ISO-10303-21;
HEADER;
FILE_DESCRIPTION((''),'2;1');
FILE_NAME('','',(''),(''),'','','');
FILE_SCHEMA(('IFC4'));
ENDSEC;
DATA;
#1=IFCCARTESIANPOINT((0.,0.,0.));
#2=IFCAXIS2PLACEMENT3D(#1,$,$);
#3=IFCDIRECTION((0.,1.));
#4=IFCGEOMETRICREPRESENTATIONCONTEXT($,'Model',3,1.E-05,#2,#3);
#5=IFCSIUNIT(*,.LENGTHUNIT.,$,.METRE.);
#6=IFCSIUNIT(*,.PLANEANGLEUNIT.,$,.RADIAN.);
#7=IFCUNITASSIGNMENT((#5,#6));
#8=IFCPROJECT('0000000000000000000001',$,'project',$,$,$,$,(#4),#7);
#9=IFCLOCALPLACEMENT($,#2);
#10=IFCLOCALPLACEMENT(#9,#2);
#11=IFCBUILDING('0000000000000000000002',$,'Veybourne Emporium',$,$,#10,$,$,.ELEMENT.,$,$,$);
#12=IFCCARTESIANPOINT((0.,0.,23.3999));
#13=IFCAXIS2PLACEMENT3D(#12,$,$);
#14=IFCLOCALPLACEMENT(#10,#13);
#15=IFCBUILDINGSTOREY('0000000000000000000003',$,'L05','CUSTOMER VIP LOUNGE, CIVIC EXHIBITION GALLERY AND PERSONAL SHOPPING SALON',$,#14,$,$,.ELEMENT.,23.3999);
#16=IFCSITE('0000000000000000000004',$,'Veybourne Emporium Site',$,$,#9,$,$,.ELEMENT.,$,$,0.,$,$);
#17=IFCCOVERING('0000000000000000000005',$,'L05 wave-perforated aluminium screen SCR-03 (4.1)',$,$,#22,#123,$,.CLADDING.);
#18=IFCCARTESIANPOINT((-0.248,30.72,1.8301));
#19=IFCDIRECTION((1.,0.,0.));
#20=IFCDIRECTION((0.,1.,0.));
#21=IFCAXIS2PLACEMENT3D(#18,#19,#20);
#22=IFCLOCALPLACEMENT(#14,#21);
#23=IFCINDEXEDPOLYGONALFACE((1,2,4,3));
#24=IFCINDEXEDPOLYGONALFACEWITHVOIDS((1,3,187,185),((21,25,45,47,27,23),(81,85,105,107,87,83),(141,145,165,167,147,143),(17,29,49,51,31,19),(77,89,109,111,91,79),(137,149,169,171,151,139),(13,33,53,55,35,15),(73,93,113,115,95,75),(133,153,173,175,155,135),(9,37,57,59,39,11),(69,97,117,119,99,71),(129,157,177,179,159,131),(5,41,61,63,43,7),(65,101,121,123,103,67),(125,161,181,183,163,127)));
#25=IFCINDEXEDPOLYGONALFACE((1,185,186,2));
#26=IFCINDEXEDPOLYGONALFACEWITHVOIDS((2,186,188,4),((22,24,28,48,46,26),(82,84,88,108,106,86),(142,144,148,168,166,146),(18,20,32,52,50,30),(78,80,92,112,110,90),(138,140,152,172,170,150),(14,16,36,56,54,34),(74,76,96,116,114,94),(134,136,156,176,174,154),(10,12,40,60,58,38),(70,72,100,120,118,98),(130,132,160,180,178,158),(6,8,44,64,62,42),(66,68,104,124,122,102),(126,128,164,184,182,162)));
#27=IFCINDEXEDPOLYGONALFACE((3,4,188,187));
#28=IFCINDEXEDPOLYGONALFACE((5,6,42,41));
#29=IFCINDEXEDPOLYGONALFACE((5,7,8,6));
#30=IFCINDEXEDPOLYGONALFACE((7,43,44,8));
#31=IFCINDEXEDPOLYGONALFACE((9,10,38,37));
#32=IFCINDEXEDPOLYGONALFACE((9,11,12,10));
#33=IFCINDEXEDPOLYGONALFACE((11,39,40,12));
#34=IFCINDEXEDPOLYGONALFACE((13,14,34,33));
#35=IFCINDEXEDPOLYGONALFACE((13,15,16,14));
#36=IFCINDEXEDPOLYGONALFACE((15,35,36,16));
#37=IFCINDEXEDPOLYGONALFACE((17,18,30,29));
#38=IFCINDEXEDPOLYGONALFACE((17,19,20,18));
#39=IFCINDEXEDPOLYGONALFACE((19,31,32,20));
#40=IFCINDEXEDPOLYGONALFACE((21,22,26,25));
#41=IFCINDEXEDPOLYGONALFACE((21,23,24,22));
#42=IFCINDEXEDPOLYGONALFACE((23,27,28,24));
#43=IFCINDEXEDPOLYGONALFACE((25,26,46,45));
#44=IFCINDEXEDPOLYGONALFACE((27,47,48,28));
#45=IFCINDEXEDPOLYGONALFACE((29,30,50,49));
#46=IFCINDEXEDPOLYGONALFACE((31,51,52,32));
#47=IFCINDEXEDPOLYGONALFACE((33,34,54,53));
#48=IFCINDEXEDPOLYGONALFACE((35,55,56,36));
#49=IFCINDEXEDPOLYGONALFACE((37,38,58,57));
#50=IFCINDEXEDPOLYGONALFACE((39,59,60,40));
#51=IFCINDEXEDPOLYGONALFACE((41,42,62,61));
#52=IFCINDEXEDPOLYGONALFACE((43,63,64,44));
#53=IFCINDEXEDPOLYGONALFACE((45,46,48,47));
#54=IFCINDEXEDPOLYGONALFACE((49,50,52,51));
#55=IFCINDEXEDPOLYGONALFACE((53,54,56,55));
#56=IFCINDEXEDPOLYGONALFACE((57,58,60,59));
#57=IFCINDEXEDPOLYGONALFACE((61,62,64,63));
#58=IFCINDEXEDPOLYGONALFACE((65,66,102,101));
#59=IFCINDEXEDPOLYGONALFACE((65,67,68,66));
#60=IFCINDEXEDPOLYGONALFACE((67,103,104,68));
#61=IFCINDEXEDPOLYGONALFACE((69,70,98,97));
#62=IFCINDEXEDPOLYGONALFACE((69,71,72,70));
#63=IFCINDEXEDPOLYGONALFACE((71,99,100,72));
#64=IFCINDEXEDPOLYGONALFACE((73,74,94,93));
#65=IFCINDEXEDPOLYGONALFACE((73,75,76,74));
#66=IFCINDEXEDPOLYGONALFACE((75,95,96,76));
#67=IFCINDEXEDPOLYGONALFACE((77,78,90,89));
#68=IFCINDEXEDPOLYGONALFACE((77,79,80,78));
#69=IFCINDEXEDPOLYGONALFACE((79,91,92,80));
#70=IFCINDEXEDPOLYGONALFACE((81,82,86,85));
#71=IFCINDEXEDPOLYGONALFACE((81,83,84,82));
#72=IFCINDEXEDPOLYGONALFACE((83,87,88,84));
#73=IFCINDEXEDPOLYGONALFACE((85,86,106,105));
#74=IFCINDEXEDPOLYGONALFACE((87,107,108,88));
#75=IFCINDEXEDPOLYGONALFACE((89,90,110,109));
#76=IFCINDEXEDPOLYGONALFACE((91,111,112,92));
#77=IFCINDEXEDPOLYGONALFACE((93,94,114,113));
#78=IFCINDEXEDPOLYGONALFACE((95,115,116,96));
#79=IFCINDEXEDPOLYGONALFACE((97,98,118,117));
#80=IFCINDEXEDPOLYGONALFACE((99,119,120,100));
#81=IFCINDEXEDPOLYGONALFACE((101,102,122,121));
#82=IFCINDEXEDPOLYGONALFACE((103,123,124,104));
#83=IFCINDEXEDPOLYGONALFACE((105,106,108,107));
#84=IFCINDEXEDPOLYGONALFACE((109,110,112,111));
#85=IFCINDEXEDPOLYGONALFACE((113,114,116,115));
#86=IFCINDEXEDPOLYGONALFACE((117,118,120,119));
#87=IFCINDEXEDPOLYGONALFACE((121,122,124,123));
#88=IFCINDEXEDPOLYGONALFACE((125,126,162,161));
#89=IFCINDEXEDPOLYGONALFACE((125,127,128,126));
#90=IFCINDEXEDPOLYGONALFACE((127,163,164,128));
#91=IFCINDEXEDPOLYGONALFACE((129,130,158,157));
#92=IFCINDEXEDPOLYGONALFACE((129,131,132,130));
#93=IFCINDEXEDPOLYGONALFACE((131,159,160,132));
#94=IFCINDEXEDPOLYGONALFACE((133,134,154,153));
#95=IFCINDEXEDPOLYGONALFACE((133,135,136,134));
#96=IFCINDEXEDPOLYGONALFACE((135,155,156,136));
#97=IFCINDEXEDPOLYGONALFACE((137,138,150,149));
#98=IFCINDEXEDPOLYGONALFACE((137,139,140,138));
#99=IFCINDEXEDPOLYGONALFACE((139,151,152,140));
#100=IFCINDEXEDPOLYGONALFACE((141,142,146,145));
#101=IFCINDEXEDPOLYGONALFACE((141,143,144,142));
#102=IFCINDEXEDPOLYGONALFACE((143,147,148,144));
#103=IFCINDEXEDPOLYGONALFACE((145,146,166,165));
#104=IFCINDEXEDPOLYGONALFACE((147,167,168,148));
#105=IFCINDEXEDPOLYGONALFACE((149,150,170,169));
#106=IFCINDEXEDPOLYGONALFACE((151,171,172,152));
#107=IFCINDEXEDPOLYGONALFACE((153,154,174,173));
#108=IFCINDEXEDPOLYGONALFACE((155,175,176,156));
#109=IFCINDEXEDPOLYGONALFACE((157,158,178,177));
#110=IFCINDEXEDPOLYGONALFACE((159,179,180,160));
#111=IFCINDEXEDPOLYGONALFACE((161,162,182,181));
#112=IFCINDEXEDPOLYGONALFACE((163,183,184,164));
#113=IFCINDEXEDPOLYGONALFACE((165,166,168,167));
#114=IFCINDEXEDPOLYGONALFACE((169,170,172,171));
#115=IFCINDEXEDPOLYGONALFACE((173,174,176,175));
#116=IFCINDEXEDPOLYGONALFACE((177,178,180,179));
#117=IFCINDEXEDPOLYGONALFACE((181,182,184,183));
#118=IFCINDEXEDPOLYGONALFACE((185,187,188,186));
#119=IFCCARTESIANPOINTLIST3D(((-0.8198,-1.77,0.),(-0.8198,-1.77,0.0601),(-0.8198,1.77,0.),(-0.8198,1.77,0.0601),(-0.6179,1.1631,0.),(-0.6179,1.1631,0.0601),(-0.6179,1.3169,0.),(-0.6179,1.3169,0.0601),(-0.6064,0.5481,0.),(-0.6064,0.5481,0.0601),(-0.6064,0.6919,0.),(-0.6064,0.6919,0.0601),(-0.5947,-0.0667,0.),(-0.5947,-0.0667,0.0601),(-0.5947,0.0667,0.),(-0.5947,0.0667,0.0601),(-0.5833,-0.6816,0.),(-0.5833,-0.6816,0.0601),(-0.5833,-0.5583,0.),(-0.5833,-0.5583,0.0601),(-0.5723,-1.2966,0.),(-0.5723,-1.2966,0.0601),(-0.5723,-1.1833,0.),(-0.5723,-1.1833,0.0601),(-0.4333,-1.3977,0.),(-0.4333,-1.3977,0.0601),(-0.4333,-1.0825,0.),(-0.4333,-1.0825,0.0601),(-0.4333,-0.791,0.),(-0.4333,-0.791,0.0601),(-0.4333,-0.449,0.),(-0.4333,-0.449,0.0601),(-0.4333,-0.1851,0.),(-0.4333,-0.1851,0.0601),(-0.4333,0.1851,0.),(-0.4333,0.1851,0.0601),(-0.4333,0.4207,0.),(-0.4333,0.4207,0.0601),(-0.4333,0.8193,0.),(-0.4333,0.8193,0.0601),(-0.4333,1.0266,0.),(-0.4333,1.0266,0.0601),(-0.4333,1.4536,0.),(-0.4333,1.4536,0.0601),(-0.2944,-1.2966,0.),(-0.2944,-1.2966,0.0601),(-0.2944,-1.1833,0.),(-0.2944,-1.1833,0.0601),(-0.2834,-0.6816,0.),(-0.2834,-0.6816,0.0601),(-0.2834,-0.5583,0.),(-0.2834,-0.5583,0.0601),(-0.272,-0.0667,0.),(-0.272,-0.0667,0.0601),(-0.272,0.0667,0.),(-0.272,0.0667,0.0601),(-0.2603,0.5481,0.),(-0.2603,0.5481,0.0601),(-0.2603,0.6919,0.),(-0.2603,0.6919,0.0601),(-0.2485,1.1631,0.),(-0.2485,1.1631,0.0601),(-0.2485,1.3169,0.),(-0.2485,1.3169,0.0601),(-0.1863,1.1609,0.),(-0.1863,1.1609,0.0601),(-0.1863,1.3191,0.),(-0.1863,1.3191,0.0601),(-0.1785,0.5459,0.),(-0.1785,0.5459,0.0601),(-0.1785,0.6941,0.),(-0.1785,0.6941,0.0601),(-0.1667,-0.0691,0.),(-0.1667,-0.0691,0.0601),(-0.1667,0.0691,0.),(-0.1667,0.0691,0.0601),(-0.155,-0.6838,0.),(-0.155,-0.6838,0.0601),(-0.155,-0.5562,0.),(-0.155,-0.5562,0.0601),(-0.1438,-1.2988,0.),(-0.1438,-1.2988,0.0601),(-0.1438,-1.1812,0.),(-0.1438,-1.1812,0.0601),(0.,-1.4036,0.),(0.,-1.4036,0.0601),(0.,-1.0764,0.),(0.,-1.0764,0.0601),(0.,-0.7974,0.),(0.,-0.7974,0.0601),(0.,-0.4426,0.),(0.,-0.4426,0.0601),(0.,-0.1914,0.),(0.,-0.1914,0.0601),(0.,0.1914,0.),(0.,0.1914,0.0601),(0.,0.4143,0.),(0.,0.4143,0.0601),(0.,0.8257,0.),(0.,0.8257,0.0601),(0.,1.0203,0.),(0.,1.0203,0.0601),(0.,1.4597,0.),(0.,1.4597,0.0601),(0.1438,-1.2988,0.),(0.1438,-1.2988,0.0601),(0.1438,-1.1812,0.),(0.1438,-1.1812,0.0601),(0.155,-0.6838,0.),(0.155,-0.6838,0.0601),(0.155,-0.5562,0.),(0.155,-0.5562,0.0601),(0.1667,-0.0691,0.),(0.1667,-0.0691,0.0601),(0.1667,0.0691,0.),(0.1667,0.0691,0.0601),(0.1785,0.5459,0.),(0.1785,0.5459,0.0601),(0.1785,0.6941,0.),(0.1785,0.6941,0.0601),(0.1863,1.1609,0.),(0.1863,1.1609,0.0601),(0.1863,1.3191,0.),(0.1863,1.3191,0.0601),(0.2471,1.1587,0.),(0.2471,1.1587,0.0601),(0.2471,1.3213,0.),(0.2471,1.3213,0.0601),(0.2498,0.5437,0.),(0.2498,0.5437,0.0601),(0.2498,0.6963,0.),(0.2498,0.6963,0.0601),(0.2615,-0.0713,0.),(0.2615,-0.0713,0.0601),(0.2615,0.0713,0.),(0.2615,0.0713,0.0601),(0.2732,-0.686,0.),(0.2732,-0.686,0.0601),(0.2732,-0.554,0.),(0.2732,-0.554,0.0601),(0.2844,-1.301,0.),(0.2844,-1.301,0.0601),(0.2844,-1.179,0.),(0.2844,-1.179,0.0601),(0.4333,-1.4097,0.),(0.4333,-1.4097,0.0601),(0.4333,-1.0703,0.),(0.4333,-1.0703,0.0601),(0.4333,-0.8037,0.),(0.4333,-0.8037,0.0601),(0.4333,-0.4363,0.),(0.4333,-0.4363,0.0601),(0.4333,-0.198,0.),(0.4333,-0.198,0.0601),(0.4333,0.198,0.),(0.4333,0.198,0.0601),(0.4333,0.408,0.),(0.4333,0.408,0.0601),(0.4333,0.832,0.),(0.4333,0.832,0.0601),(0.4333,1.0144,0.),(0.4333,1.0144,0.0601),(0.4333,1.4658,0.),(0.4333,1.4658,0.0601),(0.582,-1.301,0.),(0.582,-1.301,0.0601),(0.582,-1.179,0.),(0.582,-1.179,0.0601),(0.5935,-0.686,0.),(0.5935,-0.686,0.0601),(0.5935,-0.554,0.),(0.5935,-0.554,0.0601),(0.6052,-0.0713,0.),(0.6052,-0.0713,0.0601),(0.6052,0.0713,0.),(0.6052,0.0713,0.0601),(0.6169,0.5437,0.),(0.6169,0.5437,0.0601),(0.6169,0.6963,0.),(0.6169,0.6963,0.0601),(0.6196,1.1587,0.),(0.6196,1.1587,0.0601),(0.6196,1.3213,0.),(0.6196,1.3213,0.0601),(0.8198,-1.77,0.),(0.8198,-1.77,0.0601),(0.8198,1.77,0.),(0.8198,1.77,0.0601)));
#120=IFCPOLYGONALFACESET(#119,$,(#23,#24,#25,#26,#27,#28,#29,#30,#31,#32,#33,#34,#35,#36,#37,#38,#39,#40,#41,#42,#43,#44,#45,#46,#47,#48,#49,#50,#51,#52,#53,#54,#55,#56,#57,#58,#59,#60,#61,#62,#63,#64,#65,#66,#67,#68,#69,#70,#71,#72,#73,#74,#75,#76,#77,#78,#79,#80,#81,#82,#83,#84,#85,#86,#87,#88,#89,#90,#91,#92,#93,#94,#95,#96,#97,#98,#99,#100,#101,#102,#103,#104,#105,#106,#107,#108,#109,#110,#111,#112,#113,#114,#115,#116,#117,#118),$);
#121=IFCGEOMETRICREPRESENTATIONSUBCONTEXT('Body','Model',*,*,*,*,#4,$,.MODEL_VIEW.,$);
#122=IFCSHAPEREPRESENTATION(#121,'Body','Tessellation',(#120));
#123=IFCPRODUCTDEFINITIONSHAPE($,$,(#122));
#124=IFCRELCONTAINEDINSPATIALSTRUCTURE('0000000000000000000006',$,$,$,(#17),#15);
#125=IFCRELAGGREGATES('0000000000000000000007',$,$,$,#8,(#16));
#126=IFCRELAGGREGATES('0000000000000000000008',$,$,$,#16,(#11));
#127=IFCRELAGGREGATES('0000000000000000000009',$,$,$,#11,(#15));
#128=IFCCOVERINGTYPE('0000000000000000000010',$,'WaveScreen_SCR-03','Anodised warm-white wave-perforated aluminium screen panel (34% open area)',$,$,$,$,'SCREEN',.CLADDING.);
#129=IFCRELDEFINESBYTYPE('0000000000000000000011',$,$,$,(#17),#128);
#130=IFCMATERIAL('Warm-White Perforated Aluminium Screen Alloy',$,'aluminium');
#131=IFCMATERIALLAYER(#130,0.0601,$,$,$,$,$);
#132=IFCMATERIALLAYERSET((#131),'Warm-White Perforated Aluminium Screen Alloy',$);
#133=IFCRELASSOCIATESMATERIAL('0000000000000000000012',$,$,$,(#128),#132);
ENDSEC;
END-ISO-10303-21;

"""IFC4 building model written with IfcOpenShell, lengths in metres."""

from ifc_helpers import new_model, si_unit, direction, frame, origin, place, context, subcontext, project, spatial, polyline, outline, extrude, material, layer, layer_set, type_object, element, save


model = new_model("IFC4")

# Units and contexts
model_context = context("Model", 3, precision=1e-05, world=origin(), true_north=direction((0.0, 1.0)))
body_context = subcontext(model_context, "Body", "Model", "MODEL_VIEW")
ifc_project = project(units=[si_unit("LENGTHUNIT", "METRE"), si_unit("PLANEANGLEUNIT", "RADIAN")], contexts=[model_context])

# Site, building, storey
site_placement = place(None, origin())
site = spatial("IfcSite", under=ifc_project, at=site_placement, Name="Veybourne Emporium Site", CompositionType="ELEMENT", RefElevation=0.0)
building_placement = place(site_placement, origin())
building = spatial("IfcBuilding", under=site, at=building_placement, Name="Veybourne Emporium", CompositionType="ELEMENT")
storey_placement = place(building_placement, frame((0.0, 0.0, 23.3999)))
storey = spatial("IfcBuildingStorey", under=building, at=storey_placement, Name="L05", Description="CUSTOMER VIP LOUNGE, CIVIC EXHIBITION GALLERY AND PERSONAL SHOPPING SALON", CompositionType="ELEMENT", Elevation=23.3999)

# Covering
ifc_material_1 = material(Name="Warm-White Perforated Aluminium Screen Alloy", Category="aluminium")
ifc_layer_1 = layer(ifc_material_1, 0.0601)
ifc_layer_set_1 = layer_set([ifc_layer_1], Name="Warm-White Perforated Aluminium Screen Alloy")
covering_type_1 = type_object("IfcCoveringType", Name="WaveScreen_SCR-03", Description="Anodised warm-white wave-perforated aluminium screen panel (34% open area)", ElementType="SCREEN", PredefinedType="CLADDING", material=ifc_layer_set_1)
covering_1_placement = place(storey_placement, frame((-0.248, 30.72, 1.8301), z_axis=(1.0, 0.0, 0.0), x_axis=(0.0, 1.0, 0.0)))
element("IfcCovering", 1, at=covering_1_placement, inside=storey, type_object=covering_type_1, Name="L05 wave-perforated aluminium screen SCR-03 (4.1)", PredefinedType="CLADDING", context=body_context, shape_type="SweptSolid", body=[
    extrude(outline(polyline([(-0.8198, -1.77), (0.8198, -1.77), (0.8198, 1.77), (-0.8198, 1.77), (-0.8198, -1.77)]), holes=[polyline([(-0.4333, -1.0825), (-0.2944, -1.1833), (-0.2944, -1.2966), (-0.4333, -1.3977), (-0.5723, -1.2966), (-0.5723, -1.1833), (-0.4333, -1.0825)]), polyline([(-0.4333, -0.449), (-0.2834, -0.5583), (-0.2834, -0.6816), (-0.4333, -0.791), (-0.5833, -0.6816), (-0.5833, -0.5583), (-0.4333, -0.449)]), polyline([(-0.4333, 0.1851), (-0.272, 0.0667), (-0.272, -0.0667), (-0.4333, -0.1851), (-0.5947, -0.0667), (-0.5947, 0.0667), (-0.4333, 0.1851)]), polyline([(-0.4333, 0.8193), (-0.2603, 0.6919), (-0.2603, 0.5481), (-0.4333, 0.4207), (-0.6064, 0.5481), (-0.6064, 0.6919), (-0.4333, 0.8193)]), polyline([(-0.4333, 1.4536), (-0.2485, 1.3169), (-0.2485, 1.1631), (-0.4333, 1.0266), (-0.6179, 1.1631), (-0.6179, 1.3169), (-0.4333, 1.4536)]), polyline([(0.0, -1.0764), (0.1438, -1.1812), (0.1438, -1.2988), (0.0, -1.4036), (-0.1438, -1.2988), (-0.1438, -1.1812), (0.0, -1.0764)]), polyline([(0.0, -0.4426), (0.155, -0.5562), (0.155, -0.6838), (0.0, -0.7974), (-0.155, -0.6838), (-0.155, -0.5562), (0.0, -0.4426)]), polyline([(0.0, 0.1914), (0.1667, 0.0691), (0.1667, -0.0691), (0.0, -0.1914), (-0.1667, -0.0691), (-0.1667, 0.0691), (0.0, 0.1914)]), polyline([(0.0, 0.8257), (0.1785, 0.6941), (0.1785, 0.5459), (0.0, 0.4143), (-0.1785, 0.5459), (-0.1785, 0.6941), (0.0, 0.8257)]), polyline([(0.0, 1.4597), (0.1863, 1.3191), (0.1863, 1.1609), (0.0, 1.0203), (-0.1863, 1.1609), (-0.1863, 1.3191), (0.0, 1.4597)]), polyline([(0.4333, -1.0703), (0.582, -1.179), (0.582, -1.301), (0.4333, -1.4097), (0.2844, -1.301), (0.2844, -1.179), (0.4333, -1.0703)]), polyline([(0.4333, -0.4363), (0.5935, -0.554), (0.5935, -0.686), (0.4333, -0.8037), (0.2732, -0.686), (0.2732, -0.554), (0.4333, -0.4363)]), polyline([(0.4333, 0.198), (0.6052, 0.0713), (0.6052, -0.0713), (0.4333, -0.198), (0.2615, -0.0713), (0.2615, 0.0713), (0.4333, 0.198)]), polyline([(0.4333, 0.832), (0.6169, 0.6963), (0.6169, 0.5437), (0.4333, 0.408), (0.2498, 0.5437), (0.2498, 0.6963), (0.4333, 0.832)]), polyline([(0.4333, 1.4658), (0.6196, 1.3213), (0.6196, 1.1587), (0.4333, 1.0144), (0.2471, 1.1587), (0.2471, 1.3213), (0.4333, 1.4658)])]), origin(), (0.0, 0.0, 1.0), 0.0601),
])

save(model, "model.ifc")
